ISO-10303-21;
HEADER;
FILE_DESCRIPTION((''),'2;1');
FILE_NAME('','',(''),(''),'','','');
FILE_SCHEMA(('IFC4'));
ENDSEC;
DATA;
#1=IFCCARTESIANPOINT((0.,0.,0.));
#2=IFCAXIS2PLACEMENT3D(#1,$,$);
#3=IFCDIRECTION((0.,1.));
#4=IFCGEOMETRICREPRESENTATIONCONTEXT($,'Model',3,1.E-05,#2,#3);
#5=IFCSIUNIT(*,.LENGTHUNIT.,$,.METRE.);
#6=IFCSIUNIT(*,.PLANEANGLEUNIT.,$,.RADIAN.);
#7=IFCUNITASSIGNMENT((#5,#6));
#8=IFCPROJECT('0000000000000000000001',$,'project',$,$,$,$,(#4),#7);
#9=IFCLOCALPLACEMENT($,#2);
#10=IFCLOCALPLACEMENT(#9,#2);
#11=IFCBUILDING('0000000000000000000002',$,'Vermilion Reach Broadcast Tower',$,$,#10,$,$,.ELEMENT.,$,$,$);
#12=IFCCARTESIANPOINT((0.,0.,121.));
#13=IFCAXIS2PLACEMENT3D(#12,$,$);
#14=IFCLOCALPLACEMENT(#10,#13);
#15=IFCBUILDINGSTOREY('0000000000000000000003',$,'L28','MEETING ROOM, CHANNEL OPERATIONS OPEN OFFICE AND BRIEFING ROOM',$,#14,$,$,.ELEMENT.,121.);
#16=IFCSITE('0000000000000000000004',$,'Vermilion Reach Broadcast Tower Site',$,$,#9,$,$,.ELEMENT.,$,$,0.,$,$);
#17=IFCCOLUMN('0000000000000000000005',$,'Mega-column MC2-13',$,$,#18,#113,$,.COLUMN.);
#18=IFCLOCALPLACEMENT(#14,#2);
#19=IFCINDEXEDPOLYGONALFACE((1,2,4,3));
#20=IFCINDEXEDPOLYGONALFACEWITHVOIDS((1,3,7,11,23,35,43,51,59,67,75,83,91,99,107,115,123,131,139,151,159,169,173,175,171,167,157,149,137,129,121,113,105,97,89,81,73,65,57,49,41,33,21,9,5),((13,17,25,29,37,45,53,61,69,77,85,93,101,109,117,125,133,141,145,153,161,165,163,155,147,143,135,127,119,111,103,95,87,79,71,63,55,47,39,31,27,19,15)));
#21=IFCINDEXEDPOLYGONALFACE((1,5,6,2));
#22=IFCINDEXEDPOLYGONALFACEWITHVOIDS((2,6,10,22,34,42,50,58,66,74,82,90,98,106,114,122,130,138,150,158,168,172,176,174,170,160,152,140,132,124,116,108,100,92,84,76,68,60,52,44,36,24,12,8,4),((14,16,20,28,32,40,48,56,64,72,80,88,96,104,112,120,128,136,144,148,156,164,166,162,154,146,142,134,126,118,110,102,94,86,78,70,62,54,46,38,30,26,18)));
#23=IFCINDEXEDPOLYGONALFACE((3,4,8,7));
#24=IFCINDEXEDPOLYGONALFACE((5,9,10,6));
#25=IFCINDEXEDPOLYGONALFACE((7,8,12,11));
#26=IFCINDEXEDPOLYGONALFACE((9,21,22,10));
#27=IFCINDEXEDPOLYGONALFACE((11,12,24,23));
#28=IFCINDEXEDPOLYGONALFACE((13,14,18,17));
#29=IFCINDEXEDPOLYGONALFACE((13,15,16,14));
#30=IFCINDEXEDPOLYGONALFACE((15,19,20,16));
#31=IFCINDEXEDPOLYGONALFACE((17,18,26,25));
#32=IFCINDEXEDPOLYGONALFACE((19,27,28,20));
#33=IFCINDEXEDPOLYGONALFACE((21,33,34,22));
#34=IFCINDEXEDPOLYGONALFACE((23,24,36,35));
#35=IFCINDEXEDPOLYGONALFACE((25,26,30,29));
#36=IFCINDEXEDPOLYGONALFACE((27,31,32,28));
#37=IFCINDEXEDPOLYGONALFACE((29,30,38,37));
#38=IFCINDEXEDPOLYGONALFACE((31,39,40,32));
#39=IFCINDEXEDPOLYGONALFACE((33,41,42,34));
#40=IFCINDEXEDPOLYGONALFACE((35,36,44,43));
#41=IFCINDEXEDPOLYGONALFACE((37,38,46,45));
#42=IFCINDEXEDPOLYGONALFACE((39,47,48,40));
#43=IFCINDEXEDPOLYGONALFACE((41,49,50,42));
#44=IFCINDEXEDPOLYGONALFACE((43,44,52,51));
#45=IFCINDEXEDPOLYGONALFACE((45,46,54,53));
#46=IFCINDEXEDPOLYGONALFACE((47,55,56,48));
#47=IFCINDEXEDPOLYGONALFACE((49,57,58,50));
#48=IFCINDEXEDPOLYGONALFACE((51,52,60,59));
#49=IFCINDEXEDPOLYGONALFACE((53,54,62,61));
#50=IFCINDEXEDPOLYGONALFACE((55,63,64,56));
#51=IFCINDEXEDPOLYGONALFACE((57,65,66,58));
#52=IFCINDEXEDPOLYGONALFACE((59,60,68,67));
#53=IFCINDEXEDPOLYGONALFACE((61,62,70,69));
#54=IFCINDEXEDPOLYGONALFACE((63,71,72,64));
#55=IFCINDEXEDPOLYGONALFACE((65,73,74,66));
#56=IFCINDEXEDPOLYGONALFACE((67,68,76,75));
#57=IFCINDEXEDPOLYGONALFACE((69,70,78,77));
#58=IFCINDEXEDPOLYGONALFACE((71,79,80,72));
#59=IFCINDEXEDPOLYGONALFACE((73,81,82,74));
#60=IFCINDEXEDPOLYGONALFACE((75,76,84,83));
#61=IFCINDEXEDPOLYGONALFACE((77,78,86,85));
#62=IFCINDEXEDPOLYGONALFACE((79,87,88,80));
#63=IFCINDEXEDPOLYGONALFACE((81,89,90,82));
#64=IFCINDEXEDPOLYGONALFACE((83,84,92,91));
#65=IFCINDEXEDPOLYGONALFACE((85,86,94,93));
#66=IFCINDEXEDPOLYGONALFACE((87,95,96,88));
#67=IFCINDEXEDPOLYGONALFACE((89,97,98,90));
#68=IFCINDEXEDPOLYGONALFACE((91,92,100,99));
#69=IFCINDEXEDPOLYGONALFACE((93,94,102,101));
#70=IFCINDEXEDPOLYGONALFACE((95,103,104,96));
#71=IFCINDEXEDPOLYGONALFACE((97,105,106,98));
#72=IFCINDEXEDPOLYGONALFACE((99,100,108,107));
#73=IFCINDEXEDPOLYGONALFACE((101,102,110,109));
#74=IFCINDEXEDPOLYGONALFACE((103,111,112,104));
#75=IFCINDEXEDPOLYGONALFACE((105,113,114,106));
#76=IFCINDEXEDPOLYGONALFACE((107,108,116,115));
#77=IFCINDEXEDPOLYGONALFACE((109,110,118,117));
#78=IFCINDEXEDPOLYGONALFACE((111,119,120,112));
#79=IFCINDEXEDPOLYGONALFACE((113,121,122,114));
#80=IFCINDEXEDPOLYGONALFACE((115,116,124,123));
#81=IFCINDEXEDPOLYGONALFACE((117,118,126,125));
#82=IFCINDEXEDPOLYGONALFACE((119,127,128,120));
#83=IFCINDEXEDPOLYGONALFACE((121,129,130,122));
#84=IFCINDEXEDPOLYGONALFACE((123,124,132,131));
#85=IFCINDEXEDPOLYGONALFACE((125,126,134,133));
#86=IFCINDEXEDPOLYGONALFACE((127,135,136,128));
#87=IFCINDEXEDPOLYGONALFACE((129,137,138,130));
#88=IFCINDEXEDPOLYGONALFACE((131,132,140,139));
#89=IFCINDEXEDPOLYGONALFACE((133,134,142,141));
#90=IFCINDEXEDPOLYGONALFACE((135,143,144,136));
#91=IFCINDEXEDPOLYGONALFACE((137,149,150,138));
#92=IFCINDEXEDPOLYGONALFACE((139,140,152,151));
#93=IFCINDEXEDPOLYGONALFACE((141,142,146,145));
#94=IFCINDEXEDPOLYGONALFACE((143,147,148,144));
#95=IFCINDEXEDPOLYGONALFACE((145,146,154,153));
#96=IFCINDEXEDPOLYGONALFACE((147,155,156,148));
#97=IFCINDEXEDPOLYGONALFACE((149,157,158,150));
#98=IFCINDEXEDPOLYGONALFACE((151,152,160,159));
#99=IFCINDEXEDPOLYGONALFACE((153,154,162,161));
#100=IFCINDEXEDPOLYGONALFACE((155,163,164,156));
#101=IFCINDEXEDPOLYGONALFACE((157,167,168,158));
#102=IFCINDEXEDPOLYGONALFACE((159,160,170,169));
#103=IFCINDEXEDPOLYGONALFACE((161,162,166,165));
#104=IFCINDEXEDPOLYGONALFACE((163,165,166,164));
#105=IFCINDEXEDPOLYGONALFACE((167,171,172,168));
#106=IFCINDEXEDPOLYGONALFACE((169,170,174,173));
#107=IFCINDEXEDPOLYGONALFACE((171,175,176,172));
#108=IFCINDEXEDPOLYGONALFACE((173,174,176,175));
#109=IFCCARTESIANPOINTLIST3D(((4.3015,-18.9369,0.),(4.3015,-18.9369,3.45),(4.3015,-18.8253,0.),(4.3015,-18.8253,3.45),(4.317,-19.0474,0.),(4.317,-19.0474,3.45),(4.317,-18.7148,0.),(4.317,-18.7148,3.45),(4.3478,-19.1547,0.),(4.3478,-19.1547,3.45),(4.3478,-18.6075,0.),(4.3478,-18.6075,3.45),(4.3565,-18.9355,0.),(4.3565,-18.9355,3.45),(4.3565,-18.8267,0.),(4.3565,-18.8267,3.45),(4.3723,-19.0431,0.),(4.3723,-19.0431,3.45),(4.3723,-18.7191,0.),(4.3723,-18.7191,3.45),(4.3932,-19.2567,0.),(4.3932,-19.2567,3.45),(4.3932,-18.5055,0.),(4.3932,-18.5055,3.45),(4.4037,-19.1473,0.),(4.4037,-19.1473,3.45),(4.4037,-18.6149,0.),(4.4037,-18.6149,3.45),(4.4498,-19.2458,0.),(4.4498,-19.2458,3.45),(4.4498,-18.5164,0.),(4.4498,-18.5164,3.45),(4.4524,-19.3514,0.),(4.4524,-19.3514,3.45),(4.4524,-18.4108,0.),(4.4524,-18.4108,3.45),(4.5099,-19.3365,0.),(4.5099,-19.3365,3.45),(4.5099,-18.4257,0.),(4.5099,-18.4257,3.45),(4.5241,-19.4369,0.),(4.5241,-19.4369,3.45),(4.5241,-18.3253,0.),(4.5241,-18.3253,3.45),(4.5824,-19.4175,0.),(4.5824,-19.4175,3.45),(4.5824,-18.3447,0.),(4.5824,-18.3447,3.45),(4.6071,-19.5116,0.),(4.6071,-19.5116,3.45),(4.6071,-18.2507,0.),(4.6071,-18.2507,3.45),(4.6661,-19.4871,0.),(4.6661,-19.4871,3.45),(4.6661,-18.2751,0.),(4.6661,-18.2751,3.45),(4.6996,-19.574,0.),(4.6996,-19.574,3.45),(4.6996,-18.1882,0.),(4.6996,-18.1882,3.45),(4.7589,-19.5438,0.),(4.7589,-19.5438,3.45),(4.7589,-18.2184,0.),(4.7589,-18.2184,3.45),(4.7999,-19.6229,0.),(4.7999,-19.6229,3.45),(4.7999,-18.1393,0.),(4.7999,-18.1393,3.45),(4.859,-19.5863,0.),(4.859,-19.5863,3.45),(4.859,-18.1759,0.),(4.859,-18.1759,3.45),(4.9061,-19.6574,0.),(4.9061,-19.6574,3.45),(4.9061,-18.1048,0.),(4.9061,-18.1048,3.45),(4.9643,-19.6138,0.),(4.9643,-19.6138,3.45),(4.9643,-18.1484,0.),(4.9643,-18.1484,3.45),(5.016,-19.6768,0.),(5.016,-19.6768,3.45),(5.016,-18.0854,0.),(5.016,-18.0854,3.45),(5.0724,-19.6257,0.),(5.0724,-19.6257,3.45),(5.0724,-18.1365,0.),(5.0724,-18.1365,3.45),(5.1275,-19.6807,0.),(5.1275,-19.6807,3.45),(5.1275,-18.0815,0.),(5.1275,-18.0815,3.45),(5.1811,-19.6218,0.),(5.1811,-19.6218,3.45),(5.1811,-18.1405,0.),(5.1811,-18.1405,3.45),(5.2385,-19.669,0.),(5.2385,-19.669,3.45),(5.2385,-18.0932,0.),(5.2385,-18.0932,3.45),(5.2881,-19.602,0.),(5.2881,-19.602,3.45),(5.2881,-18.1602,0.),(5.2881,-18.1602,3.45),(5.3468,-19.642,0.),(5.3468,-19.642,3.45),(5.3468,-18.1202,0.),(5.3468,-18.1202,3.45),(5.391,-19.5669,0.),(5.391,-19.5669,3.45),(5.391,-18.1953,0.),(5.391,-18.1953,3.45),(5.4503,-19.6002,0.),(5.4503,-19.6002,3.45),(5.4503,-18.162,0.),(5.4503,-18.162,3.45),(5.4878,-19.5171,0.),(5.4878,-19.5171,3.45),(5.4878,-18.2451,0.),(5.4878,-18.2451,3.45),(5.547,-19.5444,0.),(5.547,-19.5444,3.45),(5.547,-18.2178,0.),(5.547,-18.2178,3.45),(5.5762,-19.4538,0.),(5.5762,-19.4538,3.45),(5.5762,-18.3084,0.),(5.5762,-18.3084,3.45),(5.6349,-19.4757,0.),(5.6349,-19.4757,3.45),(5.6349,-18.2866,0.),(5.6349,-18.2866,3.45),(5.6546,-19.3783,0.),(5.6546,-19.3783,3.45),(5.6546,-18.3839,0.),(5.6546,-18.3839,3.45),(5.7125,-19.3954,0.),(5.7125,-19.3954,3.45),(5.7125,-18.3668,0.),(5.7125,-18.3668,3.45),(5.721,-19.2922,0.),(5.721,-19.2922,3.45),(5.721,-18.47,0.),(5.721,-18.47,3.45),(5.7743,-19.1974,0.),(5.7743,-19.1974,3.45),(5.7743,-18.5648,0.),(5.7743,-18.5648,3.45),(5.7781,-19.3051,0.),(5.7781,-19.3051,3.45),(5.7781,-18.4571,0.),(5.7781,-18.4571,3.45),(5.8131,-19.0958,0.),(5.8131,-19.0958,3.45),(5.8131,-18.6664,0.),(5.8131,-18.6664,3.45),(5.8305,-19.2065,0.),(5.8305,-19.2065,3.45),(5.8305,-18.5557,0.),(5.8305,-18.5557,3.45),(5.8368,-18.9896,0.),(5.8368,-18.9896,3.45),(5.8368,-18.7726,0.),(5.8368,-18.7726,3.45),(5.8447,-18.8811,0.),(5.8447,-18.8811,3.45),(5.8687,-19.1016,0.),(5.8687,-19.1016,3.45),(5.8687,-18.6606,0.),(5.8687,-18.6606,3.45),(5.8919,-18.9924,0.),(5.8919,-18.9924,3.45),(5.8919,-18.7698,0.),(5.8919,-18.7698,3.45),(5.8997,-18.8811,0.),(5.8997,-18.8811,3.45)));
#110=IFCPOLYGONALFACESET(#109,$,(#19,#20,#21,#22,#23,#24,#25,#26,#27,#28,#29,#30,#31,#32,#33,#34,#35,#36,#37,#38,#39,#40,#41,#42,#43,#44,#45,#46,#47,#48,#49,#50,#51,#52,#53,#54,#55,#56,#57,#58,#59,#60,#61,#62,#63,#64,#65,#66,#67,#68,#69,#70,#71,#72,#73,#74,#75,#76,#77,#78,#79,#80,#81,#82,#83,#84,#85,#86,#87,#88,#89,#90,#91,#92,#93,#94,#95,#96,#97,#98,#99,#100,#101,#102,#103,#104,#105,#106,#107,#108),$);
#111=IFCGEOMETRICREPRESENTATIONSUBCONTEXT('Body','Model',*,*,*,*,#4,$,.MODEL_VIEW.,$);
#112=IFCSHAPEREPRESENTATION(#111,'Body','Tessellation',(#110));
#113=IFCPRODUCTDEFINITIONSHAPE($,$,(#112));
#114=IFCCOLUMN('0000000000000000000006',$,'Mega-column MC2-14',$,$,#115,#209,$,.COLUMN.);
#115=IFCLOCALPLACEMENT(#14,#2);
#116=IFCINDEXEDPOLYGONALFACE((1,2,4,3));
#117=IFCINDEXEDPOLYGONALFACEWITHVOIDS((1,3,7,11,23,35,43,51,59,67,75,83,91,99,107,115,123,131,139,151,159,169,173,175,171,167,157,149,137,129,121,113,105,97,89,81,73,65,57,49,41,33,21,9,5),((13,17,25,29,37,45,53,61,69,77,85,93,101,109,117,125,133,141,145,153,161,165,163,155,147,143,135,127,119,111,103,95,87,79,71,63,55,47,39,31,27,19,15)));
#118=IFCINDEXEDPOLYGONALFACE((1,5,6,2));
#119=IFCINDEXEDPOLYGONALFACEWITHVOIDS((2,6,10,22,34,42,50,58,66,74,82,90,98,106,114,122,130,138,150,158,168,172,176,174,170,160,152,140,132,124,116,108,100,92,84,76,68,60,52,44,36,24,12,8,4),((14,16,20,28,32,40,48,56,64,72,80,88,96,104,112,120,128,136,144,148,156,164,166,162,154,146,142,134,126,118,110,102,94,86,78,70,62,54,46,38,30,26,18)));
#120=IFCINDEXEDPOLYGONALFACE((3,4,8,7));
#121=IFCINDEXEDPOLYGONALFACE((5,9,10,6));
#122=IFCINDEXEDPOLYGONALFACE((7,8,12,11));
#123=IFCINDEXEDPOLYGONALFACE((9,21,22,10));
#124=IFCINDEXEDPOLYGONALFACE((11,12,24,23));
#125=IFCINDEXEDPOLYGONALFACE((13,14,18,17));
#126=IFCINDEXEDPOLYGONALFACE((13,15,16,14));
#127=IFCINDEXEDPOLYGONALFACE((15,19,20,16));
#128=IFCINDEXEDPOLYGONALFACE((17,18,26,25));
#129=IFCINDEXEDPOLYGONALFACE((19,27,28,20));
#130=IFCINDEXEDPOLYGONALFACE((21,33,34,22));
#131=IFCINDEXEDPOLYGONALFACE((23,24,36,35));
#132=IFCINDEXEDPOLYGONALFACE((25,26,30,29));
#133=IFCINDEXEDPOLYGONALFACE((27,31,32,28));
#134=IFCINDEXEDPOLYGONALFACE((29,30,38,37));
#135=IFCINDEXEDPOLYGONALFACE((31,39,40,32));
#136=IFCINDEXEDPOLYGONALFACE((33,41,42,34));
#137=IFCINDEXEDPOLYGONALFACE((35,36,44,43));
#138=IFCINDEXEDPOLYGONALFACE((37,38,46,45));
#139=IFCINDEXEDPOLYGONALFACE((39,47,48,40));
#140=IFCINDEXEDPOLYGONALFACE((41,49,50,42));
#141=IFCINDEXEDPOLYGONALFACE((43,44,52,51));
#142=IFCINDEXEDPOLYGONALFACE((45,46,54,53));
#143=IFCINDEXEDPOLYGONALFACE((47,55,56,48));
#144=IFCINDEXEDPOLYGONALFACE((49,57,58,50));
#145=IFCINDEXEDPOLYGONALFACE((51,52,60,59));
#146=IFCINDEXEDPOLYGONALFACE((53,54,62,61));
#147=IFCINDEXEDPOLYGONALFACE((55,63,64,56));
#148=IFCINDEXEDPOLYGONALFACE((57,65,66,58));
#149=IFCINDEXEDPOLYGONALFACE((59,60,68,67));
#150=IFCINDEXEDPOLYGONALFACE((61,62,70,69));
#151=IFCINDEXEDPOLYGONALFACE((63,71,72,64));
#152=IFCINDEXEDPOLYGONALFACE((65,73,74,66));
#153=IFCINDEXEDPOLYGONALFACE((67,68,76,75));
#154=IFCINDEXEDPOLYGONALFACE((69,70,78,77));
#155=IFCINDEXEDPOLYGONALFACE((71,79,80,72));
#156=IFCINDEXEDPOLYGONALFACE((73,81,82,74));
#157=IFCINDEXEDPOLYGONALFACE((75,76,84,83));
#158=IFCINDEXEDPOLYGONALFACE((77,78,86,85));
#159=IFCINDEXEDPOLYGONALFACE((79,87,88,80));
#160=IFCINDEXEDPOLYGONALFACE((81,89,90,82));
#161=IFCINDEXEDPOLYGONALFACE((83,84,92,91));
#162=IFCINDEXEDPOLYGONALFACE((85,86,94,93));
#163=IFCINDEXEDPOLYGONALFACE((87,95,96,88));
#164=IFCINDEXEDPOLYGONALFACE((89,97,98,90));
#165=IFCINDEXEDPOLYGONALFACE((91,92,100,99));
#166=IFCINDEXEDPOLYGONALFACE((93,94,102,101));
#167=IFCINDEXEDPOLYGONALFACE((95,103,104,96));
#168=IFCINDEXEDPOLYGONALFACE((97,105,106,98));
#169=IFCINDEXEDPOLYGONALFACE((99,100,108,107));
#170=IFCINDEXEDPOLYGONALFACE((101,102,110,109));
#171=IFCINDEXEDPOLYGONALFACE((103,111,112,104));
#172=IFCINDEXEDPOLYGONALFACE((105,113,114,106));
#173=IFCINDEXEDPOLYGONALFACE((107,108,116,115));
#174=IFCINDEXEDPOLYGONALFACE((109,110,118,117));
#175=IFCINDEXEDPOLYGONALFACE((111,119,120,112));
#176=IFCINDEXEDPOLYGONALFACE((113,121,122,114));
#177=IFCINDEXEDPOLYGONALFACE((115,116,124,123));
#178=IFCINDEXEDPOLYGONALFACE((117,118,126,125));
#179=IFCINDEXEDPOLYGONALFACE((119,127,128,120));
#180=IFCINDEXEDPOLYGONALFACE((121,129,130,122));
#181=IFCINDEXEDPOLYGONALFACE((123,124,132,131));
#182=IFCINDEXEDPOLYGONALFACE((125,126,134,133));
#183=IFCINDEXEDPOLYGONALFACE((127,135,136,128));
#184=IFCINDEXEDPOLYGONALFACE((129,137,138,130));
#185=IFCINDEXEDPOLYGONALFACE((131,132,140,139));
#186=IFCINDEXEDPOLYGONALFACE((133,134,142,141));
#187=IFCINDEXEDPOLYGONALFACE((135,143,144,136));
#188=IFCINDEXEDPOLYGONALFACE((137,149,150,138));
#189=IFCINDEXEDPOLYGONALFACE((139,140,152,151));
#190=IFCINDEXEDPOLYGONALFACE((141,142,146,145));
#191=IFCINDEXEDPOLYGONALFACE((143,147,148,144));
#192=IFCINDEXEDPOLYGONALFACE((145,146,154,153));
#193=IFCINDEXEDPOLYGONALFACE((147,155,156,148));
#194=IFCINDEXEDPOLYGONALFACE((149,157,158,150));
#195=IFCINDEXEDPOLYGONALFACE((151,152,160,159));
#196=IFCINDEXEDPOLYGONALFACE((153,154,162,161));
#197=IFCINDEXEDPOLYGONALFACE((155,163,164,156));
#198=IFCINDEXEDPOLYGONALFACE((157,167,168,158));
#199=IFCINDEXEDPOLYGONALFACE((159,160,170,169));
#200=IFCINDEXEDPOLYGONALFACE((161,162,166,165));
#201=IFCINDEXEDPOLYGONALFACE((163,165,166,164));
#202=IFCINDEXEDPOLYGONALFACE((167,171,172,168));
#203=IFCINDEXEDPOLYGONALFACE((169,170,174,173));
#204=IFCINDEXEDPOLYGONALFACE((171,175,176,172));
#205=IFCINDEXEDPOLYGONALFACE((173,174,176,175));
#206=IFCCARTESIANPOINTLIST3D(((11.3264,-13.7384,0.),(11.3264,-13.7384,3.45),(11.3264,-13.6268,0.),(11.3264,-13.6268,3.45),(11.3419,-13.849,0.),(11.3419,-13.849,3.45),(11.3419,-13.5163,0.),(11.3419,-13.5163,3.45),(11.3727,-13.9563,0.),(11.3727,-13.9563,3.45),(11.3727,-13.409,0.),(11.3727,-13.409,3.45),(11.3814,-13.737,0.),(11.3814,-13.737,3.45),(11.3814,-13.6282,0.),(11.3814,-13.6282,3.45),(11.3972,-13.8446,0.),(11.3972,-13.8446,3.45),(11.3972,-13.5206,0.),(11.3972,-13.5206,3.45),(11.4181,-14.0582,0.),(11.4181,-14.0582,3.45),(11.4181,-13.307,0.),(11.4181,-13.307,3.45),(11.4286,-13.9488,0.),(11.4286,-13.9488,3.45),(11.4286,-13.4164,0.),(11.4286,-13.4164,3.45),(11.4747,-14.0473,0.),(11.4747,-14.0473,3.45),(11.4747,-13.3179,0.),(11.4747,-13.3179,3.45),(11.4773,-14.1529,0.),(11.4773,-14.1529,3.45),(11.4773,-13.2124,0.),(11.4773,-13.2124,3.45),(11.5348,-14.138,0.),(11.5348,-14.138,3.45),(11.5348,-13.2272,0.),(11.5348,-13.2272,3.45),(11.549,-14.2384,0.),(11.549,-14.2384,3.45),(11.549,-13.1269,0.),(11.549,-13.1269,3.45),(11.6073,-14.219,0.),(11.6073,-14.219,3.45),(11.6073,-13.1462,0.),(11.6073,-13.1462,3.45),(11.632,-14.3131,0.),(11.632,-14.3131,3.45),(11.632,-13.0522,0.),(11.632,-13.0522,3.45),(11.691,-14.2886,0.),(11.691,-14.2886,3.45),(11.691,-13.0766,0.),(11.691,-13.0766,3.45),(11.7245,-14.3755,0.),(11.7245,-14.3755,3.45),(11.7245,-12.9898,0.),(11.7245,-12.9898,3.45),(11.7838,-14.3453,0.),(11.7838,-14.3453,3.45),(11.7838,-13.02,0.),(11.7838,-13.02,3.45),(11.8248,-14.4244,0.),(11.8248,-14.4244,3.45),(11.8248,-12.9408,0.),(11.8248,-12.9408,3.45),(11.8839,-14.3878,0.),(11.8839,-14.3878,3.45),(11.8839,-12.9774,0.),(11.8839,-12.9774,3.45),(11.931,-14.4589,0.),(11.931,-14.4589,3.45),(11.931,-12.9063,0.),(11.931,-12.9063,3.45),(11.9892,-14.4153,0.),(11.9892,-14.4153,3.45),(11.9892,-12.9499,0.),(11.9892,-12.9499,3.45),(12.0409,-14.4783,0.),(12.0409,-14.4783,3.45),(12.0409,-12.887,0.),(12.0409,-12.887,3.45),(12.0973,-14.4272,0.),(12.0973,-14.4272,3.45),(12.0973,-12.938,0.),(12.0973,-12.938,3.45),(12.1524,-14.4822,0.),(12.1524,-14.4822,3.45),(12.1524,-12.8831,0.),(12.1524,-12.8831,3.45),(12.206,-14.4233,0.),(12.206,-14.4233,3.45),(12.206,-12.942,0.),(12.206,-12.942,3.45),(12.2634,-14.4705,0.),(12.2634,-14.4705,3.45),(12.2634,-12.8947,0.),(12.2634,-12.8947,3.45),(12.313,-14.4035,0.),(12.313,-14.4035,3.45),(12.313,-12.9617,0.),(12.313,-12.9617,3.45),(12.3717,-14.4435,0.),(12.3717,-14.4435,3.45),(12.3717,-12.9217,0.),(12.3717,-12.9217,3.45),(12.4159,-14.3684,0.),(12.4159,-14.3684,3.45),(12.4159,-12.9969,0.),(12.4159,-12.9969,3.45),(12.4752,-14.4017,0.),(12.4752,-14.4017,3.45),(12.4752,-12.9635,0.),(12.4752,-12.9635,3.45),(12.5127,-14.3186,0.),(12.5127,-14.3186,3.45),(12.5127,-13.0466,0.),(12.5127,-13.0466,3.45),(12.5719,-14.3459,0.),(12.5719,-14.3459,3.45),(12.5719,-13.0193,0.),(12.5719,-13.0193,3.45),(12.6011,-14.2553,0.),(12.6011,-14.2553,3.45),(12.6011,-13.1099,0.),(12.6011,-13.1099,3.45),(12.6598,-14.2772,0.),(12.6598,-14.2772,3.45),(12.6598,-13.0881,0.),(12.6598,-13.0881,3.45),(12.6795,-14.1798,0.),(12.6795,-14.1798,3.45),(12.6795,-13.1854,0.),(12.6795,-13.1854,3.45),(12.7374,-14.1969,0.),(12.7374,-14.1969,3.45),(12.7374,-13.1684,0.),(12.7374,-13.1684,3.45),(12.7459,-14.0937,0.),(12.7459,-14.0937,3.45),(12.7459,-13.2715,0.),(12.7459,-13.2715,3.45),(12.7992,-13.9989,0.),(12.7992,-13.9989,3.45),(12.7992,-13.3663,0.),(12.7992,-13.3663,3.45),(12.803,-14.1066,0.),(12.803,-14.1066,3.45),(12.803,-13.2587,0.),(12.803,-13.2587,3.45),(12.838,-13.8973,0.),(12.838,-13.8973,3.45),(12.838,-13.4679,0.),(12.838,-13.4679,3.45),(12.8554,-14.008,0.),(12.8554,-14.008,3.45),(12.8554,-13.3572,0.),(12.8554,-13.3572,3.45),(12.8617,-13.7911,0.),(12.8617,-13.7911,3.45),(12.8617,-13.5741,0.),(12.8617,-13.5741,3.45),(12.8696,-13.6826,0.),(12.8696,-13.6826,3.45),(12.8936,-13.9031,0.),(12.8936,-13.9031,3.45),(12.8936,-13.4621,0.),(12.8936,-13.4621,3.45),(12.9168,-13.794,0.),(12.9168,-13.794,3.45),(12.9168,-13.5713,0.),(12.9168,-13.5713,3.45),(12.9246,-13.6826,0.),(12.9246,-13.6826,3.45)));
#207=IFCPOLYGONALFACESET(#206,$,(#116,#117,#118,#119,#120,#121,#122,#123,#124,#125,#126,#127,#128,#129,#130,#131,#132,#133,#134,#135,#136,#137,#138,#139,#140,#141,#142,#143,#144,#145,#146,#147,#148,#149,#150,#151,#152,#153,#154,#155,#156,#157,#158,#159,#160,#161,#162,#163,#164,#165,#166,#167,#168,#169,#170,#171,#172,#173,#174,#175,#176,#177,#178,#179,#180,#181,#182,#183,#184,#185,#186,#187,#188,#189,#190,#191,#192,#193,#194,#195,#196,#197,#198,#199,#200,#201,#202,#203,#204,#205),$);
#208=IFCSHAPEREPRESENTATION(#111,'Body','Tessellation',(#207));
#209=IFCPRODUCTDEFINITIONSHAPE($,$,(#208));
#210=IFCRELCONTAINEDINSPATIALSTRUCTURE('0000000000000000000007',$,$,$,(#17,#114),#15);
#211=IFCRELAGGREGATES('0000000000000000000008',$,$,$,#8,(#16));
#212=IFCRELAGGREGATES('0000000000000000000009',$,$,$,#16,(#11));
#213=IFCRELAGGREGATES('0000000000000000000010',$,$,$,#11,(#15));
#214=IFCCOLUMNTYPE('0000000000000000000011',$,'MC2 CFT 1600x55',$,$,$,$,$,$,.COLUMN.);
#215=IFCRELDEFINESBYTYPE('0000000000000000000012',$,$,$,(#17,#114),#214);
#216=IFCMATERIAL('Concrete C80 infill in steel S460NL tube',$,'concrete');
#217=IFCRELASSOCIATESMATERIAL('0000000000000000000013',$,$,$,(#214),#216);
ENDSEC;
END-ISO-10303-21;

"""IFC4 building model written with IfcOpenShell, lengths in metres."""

from ifc_helpers import new_model, si_unit, direction, frame, origin, origin_2d, place, context, subcontext, project, spatial, hollow_circle, extrude, material, material_profile, profile_set, type_object, element, save


model = new_model("IFC4")

# Units and contexts
model_context = context("Model", 3, precision=1e-05, world=origin(), true_north=direction((0.0, 1.0)))
body_context = subcontext(model_context, "Body", "Model", "MODEL_VIEW")
ifc_project = project(units=[si_unit("LENGTHUNIT", "METRE"), si_unit("PLANEANGLEUNIT", "RADIAN")], contexts=[model_context])

# Site, building, storey
site_placement = place(None, origin())
site = spatial("IfcSite", under=ifc_project, at=site_placement, Name="Vermilion Reach Broadcast Tower Site", CompositionType="ELEMENT", RefElevation=0.0)
building_placement = place(site_placement, origin())
building = spatial("IfcBuilding", under=site, at=building_placement, Name="Vermilion Reach Broadcast Tower", CompositionType="ELEMENT")
storey_placement = place(building_placement, frame((0.0, 0.0, 121.0)))
storey = spatial("IfcBuildingStorey", under=building, at=storey_placement, Name="L28", Description="MEETING ROOM, CHANNEL OPERATIONS OPEN OFFICE AND BRIEFING ROOM", CompositionType="ELEMENT", Elevation=121.0)

# Columns
ifc_material_1 = material(Name="Concrete C80 infill in steel S460NL tube", Category="concrete")
ifc_material_profile_1 = material_profile(ifc_material_1, hollow_circle(Radius=0.8, WallThickness=0.0549, at=origin_2d()), Name="Concrete C80 infill in steel S460NL tube CFT 1600x55")
ifc_profile_set_1 = profile_set([ifc_material_profile_1], Name="Concrete C80 infill in steel S460NL tube")
column_type = type_object("IfcColumnType", Name="MC2 CFT 1600x55", PredefinedType="COLUMN", material=ifc_profile_set_1)
for number, where, z_axis, x_axis, name in (
    (1, (5.0996, -18.8811, 0.0), (0.0, 0.0, 1.0), (1.0, 0.0, 0.0), "Mega-column MC2-13"),
    (2, (12.1245, -13.6826, 0.0), (0.0, 0.0, 1.0), (1.0, 0.0, 0.0), "Mega-column MC2-14"),
):
    element("IfcColumn", number, at=place(storey_placement, frame(where, z_axis=z_axis, x_axis=x_axis)), inside=storey, type_object=column_type, Name=name, PredefinedType="COLUMN", context=body_context, shape_type="SweptSolid", body=[
        extrude(hollow_circle(Radius=0.8, WallThickness=0.0549, at=origin_2d()), origin(), (0.0, 0.0, 1.0), 3.45),
    ])

save(model, "model.ifc")
